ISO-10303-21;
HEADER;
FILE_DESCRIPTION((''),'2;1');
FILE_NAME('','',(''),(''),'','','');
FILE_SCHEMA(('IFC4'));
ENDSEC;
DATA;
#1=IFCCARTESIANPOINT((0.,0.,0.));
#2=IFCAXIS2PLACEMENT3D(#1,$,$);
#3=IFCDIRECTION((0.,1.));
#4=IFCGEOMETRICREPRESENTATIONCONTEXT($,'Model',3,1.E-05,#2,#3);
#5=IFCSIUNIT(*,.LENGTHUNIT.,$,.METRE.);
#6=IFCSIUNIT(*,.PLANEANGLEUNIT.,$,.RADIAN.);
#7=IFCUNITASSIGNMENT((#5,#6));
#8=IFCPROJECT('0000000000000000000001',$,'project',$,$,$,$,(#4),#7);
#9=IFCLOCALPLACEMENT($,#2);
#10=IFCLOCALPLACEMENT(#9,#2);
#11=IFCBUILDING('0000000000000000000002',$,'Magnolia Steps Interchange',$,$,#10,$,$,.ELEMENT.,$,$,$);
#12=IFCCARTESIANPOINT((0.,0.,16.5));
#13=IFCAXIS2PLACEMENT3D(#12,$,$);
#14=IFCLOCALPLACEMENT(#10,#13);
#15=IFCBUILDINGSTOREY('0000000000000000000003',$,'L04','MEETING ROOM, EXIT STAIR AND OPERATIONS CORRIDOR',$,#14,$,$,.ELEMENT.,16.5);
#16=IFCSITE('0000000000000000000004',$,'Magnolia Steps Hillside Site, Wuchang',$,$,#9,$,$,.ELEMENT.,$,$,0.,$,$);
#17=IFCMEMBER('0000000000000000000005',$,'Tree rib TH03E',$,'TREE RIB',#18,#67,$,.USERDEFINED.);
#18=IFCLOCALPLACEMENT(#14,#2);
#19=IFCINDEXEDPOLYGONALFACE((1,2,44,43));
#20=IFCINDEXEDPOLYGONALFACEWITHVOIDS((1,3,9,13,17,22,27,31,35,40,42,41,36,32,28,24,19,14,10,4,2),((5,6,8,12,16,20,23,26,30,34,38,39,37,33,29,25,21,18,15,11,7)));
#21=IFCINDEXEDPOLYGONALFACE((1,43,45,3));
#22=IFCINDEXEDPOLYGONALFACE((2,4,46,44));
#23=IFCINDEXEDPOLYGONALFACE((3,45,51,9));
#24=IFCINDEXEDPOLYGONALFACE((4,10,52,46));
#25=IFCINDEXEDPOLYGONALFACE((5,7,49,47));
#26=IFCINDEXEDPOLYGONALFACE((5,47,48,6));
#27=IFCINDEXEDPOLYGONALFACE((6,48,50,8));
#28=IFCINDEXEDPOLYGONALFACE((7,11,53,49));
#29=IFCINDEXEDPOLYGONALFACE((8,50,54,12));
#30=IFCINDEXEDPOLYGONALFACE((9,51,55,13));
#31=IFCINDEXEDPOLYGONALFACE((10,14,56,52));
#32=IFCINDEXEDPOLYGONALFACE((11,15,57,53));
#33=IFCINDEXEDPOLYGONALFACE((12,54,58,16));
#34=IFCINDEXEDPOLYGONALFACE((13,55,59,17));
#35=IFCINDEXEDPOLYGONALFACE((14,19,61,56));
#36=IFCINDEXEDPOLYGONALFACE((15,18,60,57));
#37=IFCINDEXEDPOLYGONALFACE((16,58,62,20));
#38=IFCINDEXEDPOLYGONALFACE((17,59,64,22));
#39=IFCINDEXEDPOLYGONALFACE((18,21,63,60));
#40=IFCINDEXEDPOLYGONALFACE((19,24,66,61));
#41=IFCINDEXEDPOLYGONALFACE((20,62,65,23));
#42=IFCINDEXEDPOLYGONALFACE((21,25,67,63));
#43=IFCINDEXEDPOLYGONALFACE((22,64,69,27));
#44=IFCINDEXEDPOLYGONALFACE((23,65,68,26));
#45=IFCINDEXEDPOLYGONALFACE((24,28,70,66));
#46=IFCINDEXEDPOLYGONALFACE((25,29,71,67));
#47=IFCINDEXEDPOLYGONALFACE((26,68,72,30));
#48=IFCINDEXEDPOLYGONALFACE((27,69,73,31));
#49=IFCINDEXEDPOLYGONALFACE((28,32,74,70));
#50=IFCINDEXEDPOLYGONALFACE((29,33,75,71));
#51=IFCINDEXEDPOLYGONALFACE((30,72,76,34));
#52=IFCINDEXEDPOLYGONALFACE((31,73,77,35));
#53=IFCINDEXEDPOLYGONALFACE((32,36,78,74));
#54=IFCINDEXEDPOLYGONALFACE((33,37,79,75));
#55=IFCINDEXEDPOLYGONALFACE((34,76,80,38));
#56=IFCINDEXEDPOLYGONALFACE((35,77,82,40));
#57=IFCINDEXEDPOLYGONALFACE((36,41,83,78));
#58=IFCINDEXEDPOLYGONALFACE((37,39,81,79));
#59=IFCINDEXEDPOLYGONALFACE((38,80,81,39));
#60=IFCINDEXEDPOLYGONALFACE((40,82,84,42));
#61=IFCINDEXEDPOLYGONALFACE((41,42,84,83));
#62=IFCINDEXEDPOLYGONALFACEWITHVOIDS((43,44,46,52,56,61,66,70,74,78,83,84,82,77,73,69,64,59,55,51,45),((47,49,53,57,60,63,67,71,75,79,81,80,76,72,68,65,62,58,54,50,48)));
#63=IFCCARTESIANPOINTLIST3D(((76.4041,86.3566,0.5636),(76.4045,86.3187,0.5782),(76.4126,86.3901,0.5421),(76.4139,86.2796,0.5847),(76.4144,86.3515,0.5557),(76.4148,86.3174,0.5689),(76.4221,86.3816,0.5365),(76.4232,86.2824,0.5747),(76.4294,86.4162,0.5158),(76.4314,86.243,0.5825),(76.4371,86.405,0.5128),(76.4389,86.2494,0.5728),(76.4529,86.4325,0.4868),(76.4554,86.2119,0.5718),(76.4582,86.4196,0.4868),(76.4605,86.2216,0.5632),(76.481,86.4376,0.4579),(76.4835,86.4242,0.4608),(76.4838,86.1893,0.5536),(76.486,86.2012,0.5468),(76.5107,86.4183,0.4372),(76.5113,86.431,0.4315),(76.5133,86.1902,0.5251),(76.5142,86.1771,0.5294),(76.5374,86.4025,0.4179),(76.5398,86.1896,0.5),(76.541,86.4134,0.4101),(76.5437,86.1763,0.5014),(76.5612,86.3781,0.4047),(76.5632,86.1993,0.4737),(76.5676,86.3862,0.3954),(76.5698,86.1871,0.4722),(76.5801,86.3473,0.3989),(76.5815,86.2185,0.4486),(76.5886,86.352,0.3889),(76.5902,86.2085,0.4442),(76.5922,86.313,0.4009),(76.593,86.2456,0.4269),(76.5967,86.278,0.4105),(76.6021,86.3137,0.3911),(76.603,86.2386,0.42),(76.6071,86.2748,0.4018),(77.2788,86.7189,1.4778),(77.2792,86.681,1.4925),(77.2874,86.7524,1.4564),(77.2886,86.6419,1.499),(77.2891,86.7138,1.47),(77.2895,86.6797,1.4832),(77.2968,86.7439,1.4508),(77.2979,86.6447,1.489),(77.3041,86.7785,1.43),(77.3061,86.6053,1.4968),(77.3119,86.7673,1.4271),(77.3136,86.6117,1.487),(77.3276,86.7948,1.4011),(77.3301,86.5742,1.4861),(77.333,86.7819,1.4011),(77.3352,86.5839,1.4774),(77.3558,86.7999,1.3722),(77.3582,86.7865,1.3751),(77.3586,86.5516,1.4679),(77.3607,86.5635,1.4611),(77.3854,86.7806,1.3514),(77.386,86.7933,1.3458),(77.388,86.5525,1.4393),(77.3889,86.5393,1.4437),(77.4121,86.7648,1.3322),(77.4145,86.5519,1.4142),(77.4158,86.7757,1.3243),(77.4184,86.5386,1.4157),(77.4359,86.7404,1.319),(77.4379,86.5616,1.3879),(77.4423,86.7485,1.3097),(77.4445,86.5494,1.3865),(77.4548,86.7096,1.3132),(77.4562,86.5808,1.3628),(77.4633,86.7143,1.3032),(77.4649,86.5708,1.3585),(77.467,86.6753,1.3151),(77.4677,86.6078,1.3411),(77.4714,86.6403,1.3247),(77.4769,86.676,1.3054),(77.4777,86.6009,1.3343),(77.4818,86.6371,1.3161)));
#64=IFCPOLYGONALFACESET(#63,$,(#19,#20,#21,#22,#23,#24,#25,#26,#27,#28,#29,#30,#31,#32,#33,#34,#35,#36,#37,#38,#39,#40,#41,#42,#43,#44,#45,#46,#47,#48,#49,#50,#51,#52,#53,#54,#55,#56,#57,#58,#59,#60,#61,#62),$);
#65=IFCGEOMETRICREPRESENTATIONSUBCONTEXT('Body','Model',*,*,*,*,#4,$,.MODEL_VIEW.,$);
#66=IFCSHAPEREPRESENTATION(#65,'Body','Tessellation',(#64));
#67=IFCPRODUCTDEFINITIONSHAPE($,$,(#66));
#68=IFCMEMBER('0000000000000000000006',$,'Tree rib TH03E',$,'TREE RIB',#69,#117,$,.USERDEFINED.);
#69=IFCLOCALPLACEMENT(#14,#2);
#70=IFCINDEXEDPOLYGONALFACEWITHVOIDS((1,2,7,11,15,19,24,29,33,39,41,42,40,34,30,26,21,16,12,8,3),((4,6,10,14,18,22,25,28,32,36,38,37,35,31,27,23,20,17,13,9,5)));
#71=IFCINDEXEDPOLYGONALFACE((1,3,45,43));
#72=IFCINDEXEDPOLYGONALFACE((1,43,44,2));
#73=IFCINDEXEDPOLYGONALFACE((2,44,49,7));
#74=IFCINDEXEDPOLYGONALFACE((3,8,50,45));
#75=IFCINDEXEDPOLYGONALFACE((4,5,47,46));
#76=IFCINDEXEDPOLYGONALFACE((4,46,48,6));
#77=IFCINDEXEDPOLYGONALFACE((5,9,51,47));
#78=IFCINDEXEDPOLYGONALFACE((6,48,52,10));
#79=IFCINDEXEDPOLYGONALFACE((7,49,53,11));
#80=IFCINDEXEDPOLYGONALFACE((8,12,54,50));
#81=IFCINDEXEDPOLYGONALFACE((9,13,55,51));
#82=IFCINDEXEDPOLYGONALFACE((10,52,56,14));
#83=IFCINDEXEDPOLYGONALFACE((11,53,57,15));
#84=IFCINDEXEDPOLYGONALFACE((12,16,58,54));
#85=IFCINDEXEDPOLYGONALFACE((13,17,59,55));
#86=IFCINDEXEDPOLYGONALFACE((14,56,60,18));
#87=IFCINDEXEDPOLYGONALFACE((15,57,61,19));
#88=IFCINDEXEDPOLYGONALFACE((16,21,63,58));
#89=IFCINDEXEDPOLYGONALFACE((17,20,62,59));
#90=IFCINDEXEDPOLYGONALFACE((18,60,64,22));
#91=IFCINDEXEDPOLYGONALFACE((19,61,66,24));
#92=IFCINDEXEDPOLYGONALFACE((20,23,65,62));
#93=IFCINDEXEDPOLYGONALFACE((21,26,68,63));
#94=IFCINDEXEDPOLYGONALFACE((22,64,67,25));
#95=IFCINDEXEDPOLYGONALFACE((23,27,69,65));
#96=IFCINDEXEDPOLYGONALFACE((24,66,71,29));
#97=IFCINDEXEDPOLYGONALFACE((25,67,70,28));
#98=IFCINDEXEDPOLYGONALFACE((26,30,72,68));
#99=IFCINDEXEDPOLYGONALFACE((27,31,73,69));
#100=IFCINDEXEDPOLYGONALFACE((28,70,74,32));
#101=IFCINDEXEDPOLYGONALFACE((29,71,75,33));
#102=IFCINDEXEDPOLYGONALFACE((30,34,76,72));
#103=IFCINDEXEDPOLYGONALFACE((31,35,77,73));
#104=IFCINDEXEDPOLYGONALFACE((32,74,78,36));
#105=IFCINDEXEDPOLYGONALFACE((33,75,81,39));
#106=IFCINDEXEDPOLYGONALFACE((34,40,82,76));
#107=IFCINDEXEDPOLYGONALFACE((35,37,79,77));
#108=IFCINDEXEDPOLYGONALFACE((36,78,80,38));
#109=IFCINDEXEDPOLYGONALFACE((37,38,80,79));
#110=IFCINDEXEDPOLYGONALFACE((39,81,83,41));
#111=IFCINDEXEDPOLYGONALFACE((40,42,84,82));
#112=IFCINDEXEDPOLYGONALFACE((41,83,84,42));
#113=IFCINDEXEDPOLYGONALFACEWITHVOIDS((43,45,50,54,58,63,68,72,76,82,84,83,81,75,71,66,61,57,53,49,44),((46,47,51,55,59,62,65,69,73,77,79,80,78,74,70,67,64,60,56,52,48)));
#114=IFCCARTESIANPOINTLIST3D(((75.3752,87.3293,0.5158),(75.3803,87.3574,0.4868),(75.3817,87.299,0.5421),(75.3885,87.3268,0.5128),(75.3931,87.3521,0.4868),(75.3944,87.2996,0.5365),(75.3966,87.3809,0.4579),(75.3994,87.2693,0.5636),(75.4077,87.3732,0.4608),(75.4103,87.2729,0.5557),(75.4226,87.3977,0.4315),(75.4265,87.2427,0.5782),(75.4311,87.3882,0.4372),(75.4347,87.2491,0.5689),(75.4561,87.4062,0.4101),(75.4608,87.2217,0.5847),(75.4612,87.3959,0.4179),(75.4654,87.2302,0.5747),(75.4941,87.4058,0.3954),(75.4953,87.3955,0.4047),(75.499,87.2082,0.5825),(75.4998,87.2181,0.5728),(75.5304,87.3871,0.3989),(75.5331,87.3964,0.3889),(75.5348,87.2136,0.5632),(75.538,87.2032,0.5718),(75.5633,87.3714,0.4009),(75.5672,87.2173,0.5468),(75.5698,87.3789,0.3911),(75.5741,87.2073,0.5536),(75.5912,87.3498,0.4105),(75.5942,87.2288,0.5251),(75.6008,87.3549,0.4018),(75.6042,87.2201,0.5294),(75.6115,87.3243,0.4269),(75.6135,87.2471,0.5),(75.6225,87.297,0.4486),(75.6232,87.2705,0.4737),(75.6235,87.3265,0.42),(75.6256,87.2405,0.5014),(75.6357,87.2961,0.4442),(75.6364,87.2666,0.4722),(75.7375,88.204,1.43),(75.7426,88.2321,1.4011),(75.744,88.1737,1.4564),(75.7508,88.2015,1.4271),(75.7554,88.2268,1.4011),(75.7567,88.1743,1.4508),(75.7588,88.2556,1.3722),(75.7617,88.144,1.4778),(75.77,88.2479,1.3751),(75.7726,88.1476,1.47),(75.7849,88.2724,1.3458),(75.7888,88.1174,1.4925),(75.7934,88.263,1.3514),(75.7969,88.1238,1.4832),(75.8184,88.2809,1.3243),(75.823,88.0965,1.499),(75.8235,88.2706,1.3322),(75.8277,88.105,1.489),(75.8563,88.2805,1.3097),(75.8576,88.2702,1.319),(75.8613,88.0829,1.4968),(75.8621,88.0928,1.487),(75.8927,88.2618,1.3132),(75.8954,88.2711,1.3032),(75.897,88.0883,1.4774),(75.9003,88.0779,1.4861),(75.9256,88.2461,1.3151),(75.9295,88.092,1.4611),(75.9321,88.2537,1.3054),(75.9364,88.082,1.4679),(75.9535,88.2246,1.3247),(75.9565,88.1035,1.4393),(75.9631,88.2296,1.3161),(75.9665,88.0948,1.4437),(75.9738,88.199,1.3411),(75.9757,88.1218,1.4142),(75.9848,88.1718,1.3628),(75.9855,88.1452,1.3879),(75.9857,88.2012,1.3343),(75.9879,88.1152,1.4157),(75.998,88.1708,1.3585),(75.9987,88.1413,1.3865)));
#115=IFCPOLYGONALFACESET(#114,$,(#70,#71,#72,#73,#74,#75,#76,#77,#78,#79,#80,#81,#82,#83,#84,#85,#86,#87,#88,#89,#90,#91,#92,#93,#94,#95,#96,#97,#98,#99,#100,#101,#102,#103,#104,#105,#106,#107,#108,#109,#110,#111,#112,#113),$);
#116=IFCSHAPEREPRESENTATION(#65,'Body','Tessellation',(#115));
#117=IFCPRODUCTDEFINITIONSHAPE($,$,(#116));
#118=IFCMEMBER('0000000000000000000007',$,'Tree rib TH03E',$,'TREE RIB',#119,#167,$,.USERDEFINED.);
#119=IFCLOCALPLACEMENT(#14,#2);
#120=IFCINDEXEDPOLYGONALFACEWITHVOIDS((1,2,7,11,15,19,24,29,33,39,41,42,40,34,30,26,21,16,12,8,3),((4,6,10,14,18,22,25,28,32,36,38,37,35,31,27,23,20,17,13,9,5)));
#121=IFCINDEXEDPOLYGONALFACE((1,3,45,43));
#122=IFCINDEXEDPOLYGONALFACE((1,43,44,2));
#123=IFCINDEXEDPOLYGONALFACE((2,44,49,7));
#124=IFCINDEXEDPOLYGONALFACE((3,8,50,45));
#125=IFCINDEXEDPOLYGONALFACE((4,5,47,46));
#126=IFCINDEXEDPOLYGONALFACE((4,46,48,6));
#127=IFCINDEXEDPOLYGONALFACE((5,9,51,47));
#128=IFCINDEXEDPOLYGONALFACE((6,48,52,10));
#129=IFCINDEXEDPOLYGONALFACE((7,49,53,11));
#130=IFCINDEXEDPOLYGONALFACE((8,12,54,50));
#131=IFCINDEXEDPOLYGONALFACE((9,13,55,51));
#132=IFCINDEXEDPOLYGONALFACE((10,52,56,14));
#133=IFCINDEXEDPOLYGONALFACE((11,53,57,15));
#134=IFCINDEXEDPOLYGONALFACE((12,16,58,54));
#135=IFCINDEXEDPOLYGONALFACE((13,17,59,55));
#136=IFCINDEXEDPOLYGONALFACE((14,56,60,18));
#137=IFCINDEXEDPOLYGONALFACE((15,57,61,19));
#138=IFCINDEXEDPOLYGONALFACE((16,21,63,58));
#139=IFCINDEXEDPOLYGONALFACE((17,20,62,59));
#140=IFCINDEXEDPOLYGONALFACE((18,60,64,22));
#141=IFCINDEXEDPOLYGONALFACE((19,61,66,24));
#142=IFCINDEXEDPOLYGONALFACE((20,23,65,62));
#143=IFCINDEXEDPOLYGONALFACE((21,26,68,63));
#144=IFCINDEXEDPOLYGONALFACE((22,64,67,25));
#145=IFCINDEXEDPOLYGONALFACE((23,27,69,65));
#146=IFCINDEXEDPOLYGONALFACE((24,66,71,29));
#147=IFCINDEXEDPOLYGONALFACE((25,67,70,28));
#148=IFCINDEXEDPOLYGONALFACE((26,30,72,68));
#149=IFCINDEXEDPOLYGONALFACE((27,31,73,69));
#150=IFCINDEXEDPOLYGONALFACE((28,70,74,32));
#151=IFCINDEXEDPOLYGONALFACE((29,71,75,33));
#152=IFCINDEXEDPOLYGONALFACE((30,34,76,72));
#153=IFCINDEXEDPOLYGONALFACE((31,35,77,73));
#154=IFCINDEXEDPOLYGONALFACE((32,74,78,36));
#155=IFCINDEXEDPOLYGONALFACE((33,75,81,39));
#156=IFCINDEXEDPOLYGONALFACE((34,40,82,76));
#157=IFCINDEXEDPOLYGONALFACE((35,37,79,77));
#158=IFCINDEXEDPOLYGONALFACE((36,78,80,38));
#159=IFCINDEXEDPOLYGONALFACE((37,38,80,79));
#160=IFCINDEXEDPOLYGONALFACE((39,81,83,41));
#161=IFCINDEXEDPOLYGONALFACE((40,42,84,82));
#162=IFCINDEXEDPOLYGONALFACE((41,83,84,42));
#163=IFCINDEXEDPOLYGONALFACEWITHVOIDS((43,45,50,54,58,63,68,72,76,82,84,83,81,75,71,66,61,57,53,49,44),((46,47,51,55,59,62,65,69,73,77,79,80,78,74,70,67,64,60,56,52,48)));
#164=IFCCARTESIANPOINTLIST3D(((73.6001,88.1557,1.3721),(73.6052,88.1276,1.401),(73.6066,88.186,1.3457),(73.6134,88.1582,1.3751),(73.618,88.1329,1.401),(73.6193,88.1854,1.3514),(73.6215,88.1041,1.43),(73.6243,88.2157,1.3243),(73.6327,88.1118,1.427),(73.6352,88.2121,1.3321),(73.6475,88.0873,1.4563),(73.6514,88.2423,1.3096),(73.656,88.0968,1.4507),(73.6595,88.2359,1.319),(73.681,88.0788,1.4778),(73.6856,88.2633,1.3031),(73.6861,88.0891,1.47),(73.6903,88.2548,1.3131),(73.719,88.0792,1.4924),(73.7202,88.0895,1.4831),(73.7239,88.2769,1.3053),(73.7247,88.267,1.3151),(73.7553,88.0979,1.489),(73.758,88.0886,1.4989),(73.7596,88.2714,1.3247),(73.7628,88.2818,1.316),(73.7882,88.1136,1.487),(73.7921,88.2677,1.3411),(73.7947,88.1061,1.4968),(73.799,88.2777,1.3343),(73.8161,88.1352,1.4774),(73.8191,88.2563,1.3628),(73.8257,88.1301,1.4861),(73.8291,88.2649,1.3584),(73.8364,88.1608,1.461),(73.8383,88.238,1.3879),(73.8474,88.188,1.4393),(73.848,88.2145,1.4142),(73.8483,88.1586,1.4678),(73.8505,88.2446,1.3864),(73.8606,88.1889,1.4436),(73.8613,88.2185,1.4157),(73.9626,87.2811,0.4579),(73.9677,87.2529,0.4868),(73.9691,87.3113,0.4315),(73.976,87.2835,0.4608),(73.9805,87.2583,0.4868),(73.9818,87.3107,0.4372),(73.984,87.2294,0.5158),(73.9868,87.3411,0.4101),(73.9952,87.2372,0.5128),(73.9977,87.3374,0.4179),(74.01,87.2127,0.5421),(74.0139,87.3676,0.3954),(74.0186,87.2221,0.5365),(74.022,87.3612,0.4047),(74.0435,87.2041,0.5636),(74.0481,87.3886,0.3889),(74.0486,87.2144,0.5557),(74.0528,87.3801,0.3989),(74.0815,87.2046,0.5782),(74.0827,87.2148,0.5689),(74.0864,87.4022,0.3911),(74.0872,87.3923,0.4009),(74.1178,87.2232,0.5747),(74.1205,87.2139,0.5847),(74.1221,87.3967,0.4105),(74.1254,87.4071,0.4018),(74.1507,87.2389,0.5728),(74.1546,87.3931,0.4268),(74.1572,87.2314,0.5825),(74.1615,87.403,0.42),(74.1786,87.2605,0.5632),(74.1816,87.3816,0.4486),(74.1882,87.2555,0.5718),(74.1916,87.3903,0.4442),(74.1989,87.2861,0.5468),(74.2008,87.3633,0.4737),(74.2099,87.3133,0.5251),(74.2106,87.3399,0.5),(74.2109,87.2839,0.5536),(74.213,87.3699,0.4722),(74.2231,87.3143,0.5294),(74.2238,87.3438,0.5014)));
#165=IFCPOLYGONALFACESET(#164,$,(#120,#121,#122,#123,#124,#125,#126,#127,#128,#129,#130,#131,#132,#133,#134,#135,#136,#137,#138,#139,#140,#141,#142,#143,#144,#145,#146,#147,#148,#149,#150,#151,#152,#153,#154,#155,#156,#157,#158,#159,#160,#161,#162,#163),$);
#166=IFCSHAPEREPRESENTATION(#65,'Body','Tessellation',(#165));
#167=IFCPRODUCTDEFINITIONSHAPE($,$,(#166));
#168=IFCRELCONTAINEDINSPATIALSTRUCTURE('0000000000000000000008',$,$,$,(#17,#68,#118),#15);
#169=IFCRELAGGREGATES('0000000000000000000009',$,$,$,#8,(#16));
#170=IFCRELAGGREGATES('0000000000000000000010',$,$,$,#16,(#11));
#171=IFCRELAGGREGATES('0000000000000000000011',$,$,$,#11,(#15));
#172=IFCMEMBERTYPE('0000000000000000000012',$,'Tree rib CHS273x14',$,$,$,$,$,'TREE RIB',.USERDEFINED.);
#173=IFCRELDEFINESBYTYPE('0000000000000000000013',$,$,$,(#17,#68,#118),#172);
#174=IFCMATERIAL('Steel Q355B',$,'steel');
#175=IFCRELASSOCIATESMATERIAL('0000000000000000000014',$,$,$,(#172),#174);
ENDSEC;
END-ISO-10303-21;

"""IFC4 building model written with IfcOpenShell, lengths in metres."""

from ifc_helpers import new_model, si_unit, direction, frame, origin, origin_2d, place, context, subcontext, project, spatial, hollow_circle, extrude, material, material_profile, profile_set, type_object, element, save


model = new_model("IFC4")

# Units and contexts
model_context = context("Model", 3, precision=1e-05, world=origin(), true_north=direction((0.0, 1.0)))
body_context = subcontext(model_context, "Body", "Model", "MODEL_VIEW")
ifc_project = project(units=[si_unit("LENGTHUNIT", "METRE"), si_unit("PLANEANGLEUNIT", "RADIAN")], contexts=[model_context])

# Site, building, storey
site_placement = place(None, origin())
site = spatial("IfcSite", under=ifc_project, at=site_placement, Name="Magnolia Steps Hillside Site, Wuchang", CompositionType="ELEMENT", RefElevation=0.0)
building_placement = place(site_placement, origin())
building = spatial("IfcBuilding", under=site, at=building_placement, Name="Magnolia Steps Interchange", CompositionType="ELEMENT")
storey_placement = place(building_placement, frame((0.0, 0.0, 16.5)))
storey = spatial("IfcBuildingStorey", under=building, at=storey_placement, Name="L04", Description="MEETING ROOM, EXIT STAIR AND OPERATIONS CORRIDOR", CompositionType="ELEMENT", Elevation=16.5)

# Members
ifc_material_1 = material(Name="Steel Q355B", Category="steel")
ifc_material_profile_1 = material_profile(ifc_material_1, hollow_circle(Radius=0.1365, WallThickness=0.0139, at=origin_2d()), Name="CHS273x14")
ifc_profile_set_1 = profile_set([ifc_material_profile_1], Name="Steel Q355B")
member_type = type_object("IfcMemberType", Name="Tree rib CHS273x14", ElementType="TREE RIB", PredefinedType="USERDEFINED", material=ifc_profile_set_1)
for number, where, z_axis, x_axis, name in (
    (1, (76.5051, 86.3064, 0.4868), (0.6646, 0.275263, 0.694649), (-0.382655, 0.923891, 0.0), "Tree rib TH03E"),
    (2, (75.5063, 87.3052, 0.4868), (0.275263, 0.6646, 0.694649), (-0.923891, 0.382655, 0.0), "Tree rib TH03E"),
    (3, (74.0938, 87.3052, 0.4868), (-0.275434, 0.664566, 0.694613), (-0.9238, -0.382876, 0.0), "Tree rib TH03E"),
):
    element("IfcMember", number, at=place(storey_placement, frame(where, z_axis=z_axis, x_axis=x_axis)), inside=storey, type_object=member_type, Name=name, ObjectType="TREE RIB", PredefinedType="USERDEFINED", context=body_context, shape_type="SweptSolid", body=[
        extrude(hollow_circle(Radius=0.1365, WallThickness=0.0139, at=origin_2d()), origin(), (0.0, 0.0, 1.0), 1.3162),
    ])

save(model, "model.ifc")
